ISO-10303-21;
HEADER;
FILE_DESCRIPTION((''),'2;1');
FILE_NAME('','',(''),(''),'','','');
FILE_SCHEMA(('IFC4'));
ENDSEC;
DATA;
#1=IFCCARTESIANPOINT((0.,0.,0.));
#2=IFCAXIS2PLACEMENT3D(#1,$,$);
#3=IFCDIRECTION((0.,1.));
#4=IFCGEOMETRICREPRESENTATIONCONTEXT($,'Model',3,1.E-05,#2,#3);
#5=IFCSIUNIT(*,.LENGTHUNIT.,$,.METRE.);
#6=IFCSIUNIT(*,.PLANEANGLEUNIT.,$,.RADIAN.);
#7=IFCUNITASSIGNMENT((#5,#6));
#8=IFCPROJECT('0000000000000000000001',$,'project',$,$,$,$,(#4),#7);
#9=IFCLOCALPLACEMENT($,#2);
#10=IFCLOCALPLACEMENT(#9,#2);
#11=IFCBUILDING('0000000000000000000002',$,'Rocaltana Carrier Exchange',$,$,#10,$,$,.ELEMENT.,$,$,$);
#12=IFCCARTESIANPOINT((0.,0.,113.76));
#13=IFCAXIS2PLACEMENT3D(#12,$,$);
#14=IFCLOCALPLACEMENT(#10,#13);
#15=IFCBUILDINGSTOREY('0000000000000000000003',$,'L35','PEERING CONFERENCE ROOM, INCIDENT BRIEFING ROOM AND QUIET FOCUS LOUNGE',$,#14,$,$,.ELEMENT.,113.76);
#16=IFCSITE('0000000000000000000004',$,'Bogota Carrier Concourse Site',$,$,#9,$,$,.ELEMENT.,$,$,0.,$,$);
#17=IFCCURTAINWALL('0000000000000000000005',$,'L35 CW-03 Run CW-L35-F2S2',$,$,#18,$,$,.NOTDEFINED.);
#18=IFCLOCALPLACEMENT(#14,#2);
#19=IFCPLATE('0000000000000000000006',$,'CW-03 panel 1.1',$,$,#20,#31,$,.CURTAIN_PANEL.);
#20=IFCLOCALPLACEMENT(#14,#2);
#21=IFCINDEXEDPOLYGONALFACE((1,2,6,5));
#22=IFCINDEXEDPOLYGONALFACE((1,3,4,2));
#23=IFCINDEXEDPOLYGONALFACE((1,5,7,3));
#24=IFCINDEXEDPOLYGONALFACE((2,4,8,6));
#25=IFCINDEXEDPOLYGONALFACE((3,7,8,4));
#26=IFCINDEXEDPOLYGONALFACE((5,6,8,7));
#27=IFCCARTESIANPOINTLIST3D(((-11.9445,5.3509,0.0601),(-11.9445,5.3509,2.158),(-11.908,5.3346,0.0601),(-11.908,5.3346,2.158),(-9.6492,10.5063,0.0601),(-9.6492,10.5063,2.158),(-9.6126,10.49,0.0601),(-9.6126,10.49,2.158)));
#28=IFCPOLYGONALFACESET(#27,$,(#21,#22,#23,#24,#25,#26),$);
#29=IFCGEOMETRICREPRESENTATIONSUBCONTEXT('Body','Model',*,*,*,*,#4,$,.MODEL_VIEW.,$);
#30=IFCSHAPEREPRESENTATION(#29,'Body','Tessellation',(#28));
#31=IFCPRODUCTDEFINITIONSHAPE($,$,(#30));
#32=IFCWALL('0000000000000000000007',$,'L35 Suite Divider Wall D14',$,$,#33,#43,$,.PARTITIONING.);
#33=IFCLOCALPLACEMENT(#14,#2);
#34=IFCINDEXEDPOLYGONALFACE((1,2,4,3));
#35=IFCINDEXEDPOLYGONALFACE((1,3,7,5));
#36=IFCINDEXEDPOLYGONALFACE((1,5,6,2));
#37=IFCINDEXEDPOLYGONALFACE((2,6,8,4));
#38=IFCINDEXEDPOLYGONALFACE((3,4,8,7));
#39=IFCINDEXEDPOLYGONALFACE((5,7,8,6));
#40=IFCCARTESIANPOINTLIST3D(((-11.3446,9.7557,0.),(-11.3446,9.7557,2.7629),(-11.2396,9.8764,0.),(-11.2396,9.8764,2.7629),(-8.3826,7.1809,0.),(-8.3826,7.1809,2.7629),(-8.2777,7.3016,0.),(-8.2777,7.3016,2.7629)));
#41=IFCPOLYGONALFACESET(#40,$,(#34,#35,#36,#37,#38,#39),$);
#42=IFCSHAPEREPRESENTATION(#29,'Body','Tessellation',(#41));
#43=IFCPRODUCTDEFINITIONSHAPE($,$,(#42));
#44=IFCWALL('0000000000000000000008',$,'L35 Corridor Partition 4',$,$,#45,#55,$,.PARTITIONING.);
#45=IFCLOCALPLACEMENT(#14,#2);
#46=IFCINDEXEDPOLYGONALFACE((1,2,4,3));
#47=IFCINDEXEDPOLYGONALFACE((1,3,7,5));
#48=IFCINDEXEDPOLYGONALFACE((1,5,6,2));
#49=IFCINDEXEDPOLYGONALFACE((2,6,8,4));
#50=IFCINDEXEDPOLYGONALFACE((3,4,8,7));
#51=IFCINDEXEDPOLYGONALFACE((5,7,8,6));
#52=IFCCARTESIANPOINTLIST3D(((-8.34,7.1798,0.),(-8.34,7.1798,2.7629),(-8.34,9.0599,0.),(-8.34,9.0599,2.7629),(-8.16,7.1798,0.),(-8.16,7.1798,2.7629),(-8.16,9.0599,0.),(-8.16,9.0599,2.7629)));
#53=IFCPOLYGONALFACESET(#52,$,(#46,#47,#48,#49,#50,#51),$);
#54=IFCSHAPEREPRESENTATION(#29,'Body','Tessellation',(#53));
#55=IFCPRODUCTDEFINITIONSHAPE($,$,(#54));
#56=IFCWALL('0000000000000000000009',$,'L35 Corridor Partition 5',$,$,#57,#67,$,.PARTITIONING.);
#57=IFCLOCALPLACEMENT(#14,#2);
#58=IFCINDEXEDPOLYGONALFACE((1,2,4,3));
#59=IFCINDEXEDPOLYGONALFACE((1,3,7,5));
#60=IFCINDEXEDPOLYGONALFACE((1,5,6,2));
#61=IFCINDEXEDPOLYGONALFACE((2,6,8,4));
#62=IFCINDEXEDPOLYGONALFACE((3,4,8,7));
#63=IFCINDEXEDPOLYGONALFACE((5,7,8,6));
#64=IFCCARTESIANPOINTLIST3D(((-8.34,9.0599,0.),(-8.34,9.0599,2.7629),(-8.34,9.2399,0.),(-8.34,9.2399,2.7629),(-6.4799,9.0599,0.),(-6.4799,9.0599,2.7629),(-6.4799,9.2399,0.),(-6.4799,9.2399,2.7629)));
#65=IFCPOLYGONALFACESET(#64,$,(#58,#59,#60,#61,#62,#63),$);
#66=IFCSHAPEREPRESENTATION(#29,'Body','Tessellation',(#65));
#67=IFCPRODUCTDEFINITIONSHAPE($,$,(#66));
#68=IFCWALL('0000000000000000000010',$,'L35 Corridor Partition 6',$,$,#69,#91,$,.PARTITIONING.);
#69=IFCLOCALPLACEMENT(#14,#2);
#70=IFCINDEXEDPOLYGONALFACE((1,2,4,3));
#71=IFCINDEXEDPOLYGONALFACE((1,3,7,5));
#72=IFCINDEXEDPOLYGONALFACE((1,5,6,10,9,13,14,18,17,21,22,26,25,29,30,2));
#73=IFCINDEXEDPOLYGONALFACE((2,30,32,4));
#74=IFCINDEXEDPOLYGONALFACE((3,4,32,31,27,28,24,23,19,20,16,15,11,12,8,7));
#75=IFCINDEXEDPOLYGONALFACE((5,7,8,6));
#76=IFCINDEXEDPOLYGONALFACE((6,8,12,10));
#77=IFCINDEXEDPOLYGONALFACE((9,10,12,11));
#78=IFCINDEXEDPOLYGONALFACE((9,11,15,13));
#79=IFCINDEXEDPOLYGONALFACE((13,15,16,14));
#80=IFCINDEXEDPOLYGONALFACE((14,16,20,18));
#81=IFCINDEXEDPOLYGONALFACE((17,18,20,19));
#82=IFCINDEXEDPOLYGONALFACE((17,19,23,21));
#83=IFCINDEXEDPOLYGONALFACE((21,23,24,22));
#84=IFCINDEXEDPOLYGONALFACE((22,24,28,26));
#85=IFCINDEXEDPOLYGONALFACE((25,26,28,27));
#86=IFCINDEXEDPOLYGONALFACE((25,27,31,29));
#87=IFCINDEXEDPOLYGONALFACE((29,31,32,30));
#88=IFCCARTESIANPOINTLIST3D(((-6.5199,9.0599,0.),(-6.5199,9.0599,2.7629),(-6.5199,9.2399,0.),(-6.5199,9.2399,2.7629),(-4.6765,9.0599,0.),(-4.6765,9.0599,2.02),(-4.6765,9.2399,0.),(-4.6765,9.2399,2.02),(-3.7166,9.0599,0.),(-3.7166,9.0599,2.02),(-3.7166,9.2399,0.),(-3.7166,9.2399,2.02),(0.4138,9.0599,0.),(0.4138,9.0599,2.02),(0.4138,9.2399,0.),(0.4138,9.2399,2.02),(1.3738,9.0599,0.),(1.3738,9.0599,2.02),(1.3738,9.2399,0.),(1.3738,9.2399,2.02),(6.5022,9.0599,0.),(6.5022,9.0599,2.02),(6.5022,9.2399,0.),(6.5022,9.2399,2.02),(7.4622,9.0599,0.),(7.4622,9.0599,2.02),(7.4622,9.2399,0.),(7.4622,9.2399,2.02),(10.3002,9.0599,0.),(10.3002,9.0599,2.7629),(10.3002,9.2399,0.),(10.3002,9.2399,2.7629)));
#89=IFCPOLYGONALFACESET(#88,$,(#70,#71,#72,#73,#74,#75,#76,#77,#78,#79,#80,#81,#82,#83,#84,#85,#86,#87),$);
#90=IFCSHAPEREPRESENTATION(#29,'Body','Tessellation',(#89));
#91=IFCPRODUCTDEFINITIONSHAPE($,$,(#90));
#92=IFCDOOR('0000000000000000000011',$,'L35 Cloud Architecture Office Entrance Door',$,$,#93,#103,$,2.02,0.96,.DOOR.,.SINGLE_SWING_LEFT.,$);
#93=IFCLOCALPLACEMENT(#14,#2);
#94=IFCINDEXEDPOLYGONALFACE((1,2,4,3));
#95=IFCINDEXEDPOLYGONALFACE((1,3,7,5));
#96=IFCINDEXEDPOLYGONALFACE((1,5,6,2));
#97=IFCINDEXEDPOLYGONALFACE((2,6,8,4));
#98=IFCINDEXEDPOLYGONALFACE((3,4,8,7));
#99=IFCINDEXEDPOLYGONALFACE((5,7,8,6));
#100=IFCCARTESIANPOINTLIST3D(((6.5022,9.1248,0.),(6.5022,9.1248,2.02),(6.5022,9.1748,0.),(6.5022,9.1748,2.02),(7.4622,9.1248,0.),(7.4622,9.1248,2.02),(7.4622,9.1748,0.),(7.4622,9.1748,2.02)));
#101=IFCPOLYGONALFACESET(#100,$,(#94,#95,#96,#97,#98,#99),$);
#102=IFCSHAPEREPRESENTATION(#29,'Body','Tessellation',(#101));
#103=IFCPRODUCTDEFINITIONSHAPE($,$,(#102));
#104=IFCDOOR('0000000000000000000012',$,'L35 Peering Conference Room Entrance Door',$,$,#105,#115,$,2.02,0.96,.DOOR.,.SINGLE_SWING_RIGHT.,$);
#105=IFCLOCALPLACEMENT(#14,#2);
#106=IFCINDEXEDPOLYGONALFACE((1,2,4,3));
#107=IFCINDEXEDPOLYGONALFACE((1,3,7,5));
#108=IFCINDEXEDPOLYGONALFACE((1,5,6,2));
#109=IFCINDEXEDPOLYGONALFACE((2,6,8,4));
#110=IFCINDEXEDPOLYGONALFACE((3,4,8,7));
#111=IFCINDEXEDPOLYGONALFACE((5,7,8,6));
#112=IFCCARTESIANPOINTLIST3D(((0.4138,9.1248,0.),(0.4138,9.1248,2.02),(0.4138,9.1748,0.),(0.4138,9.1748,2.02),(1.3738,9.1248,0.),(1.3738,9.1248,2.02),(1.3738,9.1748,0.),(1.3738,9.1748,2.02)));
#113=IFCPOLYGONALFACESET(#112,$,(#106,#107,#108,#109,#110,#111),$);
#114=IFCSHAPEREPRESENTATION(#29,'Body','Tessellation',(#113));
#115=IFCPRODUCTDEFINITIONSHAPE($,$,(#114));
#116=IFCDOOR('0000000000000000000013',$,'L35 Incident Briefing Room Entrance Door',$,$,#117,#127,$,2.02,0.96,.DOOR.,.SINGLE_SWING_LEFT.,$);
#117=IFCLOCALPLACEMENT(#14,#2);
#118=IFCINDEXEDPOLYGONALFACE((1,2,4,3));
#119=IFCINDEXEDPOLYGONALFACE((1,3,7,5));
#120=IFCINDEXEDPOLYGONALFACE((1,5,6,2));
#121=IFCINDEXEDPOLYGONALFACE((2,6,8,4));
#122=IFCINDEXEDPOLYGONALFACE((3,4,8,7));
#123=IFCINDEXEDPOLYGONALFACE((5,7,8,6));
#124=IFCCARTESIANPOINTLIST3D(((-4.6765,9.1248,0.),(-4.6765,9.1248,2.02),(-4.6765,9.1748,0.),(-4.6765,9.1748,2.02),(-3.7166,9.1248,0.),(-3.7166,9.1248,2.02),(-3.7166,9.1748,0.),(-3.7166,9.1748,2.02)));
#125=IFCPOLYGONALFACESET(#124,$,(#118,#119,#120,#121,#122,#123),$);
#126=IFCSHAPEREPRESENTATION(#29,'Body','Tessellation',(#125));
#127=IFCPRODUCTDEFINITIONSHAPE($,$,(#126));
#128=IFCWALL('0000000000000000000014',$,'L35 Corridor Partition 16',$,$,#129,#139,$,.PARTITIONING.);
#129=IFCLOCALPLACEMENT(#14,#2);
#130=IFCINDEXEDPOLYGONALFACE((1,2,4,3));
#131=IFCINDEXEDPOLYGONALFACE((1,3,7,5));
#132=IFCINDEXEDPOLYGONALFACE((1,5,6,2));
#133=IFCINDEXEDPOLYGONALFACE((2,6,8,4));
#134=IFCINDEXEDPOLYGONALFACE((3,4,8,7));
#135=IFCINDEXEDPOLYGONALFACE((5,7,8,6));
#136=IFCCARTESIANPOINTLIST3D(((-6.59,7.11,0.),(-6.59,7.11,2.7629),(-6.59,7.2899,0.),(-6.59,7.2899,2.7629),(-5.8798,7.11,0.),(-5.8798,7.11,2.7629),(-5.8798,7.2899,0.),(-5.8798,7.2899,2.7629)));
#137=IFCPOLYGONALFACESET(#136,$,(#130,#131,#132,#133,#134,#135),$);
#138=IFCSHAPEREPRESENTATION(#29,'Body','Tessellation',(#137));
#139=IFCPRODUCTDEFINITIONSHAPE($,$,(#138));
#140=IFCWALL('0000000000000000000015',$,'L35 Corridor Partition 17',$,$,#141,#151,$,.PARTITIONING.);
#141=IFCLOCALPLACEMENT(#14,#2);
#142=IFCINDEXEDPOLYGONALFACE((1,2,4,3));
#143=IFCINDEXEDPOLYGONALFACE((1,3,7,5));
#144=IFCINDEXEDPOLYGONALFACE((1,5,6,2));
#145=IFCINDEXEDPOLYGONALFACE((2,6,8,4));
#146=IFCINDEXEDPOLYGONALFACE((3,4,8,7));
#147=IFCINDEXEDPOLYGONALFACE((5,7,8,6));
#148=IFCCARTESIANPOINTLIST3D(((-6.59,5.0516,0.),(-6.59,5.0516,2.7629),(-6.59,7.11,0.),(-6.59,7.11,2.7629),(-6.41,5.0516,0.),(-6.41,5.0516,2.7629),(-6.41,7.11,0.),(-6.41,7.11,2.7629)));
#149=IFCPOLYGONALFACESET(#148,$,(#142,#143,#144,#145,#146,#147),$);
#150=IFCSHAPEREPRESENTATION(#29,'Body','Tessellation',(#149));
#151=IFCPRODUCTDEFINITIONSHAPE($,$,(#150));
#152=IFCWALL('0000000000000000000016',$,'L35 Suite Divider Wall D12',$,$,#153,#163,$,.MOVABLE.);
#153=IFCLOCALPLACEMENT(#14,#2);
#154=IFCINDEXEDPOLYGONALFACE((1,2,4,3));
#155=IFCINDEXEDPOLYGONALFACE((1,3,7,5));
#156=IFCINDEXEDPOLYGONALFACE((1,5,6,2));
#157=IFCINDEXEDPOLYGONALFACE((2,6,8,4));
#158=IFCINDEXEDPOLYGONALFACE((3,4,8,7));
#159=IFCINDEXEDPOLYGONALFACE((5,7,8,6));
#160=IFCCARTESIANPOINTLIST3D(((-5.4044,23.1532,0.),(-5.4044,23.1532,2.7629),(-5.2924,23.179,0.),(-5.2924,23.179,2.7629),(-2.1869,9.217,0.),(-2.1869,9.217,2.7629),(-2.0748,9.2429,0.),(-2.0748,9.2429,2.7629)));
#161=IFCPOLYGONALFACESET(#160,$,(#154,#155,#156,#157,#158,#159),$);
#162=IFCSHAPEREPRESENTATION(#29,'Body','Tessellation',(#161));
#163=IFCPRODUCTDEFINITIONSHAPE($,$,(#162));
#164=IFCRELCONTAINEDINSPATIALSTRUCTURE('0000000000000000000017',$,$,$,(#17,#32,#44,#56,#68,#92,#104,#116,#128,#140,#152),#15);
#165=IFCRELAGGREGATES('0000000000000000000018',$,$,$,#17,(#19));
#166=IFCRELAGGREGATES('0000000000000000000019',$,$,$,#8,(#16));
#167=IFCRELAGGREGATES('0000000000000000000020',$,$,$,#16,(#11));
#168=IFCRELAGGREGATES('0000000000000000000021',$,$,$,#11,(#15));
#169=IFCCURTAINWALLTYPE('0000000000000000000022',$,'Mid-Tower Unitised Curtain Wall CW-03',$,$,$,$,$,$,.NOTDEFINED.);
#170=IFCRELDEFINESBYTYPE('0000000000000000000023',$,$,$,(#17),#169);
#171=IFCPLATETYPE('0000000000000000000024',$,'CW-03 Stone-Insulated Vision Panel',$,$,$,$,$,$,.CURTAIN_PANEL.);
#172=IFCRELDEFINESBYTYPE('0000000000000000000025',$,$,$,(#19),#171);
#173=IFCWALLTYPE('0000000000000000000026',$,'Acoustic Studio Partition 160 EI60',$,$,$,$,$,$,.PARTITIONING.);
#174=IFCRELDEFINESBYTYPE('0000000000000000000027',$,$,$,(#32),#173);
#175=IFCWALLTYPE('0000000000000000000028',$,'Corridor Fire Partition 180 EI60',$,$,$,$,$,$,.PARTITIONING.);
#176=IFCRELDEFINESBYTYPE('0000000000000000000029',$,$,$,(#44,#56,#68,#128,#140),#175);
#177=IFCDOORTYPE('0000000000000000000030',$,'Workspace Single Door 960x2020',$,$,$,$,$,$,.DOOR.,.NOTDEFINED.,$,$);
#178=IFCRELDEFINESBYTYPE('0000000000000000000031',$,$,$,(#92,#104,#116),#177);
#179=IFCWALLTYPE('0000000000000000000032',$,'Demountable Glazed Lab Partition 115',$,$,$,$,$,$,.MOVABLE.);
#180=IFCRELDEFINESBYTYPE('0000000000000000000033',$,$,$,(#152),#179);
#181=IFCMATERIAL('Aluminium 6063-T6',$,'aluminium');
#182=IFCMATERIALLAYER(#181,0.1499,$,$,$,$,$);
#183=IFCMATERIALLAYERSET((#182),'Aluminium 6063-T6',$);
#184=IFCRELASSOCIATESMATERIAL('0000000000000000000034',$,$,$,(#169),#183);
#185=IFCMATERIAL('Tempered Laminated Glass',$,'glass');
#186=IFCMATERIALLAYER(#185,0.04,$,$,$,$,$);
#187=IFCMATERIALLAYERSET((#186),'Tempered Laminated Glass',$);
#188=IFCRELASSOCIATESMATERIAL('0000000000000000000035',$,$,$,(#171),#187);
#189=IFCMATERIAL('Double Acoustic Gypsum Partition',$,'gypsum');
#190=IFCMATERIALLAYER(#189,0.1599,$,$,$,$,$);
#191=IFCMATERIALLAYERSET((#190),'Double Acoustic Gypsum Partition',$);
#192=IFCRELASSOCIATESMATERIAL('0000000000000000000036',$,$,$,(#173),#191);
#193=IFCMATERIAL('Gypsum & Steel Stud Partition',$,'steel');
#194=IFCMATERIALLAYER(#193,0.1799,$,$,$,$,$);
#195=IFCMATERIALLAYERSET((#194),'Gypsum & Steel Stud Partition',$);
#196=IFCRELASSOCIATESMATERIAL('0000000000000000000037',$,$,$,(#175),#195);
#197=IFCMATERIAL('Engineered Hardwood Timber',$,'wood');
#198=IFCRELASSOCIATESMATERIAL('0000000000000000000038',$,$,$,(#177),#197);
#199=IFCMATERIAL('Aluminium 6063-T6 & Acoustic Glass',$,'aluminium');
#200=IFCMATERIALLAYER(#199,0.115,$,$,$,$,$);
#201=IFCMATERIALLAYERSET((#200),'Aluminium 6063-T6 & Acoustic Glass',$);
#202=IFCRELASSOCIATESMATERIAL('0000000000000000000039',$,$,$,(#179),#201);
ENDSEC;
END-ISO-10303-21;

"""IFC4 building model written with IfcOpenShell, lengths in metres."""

from ifc_helpers import new_model, si_unit, direction, frame, frame_2d, origin, origin_2d, place, context, subcontext, project, spatial, rectangle, extrude, material, layer, layer_set, type_object, element, fill, aggregate, save


model = new_model("IFC4")

# Units and contexts
model_context = context("Model", 3, precision=1e-05, world=origin(), true_north=direction((0.0, 1.0)))
body_context = subcontext(model_context, "Body", "Model", "MODEL_VIEW")
ifc_project = project(units=[si_unit("LENGTHUNIT", "METRE"), si_unit("PLANEANGLEUNIT", "RADIAN")], contexts=[model_context])

# Site, building, storey
site_placement = place(None, origin())
site = spatial("IfcSite", under=ifc_project, at=site_placement, Name="Bogota Carrier Concourse Site", CompositionType="ELEMENT", RefElevation=0.0)
building_placement = place(site_placement, origin())
building = spatial("IfcBuilding", under=site, at=building_placement, Name="Rocaltana Carrier Exchange", CompositionType="ELEMENT")
storey_placement = place(building_placement, frame((0.0, 0.0, 113.76)))
storey = spatial("IfcBuildingStorey", under=building, at=storey_placement, Name="L35", Description="PEERING CONFERENCE ROOM, INCIDENT BRIEFING ROOM AND QUIET FOCUS LOUNGE", CompositionType="ELEMENT", Elevation=113.76)

# Shared definitions
ifc_material_1 = material(Name="Aluminium 6063-T6", Category="aluminium")
ifc_layer_1 = layer(ifc_material_1, 0.1499)
ifc_layer_set_1 = layer_set([ifc_layer_1], Name="Aluminium 6063-T6")
curtain_wall_type = type_object("IfcCurtainWallType", Name="Mid-Tower Unitised Curtain Wall CW-03", PredefinedType="NOTDEFINED", material=ifc_layer_set_1)

# Curtain wall
curtain_wall_1_placement = place(storey_placement, origin())
curtain_wall_1 = element("IfcCurtainWall", 1, at=curtain_wall_1_placement, inside=storey, type_object=curtain_wall_type, Name="L35 CW-03 Run CW-L35-F2S2", PredefinedType="NOTDEFINED")

# Plate
ifc_material_2 = material(Name="Tempered Laminated Glass", Category="glass")
ifc_layer_2 = layer(ifc_material_2, 0.04)
ifc_layer_set_2 = layer_set([ifc_layer_2], Name="Tempered Laminated Glass")
plate_type = type_object("IfcPlateType", Name="CW-03 Stone-Insulated Vision Panel", PredefinedType="CURTAIN_PANEL", material=ifc_layer_set_2)
plate_placement = place(storey_placement, frame((-10.7786, 7.9204, 0.0601), z_axis=(0.0, 0.0, 1.0), x_axis=(-0.406744, -0.913542, 0.0)))
plate = element("IfcPlate", 2, at=plate_placement, type_object=plate_type, Name="CW-03 panel 1.1", PredefinedType="CURTAIN_PANEL", context=body_context, shape_type="SweptSolid", body=[
    extrude(rectangle(XDim=5.6433, YDim=0.04, at=origin_2d()), origin(), (0.0, 0.0, 1.0), 2.0979),
])
aggregate(curtain_wall_1, [plate])

# Walls
ifc_material_3 = material(Name="Double Acoustic Gypsum Partition", Category="gypsum")
ifc_layer_3 = layer(ifc_material_3, 0.1599)
ifc_layer_set_3 = layer_set([ifc_layer_3], Name="Double Acoustic Gypsum Partition")
wall_type_1 = type_object("IfcWallType", Name="Acoustic Studio Partition 160 EI60", PredefinedType="PARTITIONING", material=ifc_layer_set_3)
wall_1_placement = place(storey_placement, frame((-8.3301, 7.2412, 0.0), z_axis=(0.0, 0.0, 1.0), x_axis=(-0.754715, 0.656052, 0.0)))
element("IfcWall", 3, at=wall_1_placement, inside=storey, type_object=wall_type_1, Name="L35 Suite Divider Wall D14", PredefinedType="PARTITIONING", context=body_context, shape_type="SweptSolid", body=[
    extrude(rectangle(XDim=3.9246, YDim=0.1599, at=frame_2d((1.9624, 0.0))), origin(), (0.0, 0.0, 1.0), 2.7629),
])
ifc_material_4 = material(Name="Gypsum & Steel Stud Partition", Category="steel")
ifc_layer_4 = layer(ifc_material_4, 0.1799)
ifc_layer_set_4 = layer_set([ifc_layer_4], Name="Gypsum & Steel Stud Partition")
wall_type_2 = type_object("IfcWallType", Name="Corridor Fire Partition 180 EI60", PredefinedType="PARTITIONING", material=ifc_layer_set_4)
wall_2_placement = place(storey_placement, frame((-8.25, 7.1799, 0.0), z_axis=(0.0, 0.0, 1.0), x_axis=(0.0, 1.0, 0.0)))
element("IfcWall", 4, at=wall_2_placement, inside=storey, type_object=wall_type_2, Name="L35 Corridor Partition 4", PredefinedType="PARTITIONING", context=body_context, shape_type="SweptSolid", body=[
    extrude(rectangle(XDim=1.8801, YDim=0.1799, at=frame_2d((0.9399, 0.0))), origin(), (0.0, 0.0, 1.0), 2.7629),
])
wall_3_placement = place(storey_placement, frame((-8.3401, 9.1499, 0.0), z_axis=(0.0, 0.0, 1.0), x_axis=(1.0, 0.0, 0.0)))
element("IfcWall", 5, at=wall_3_placement, inside=storey, type_object=wall_type_2, Name="L35 Corridor Partition 5", PredefinedType="PARTITIONING", context=body_context, shape_type="SweptSolid", body=[
    extrude(rectangle(XDim=1.8601, YDim=0.1799, at=frame_2d((0.9302, 0.0))), origin(), (0.0, 0.0, 1.0), 2.7629),
])

# Wall, openings, doors
wall_4_placement = place(storey_placement, frame((-6.52, 9.1499, 0.0), z_axis=(0.0, 0.0, 1.0), x_axis=(1.0, 0.0, 0.0)))
wall_4 = element("IfcWall", 6, at=wall_4_placement, inside=storey, type_object=wall_type_2, Name="L35 Corridor Partition 6", PredefinedType="PARTITIONING", context=body_context, shape_type="SweptSolid", body=[
    extrude(rectangle(XDim=16.8201, YDim=0.1799, at=frame_2d((8.4102, 0.0))), origin(), (0.0, 0.0, 1.0), 2.7629),
])
opening_1_placement = place(wall_4_placement, frame((13.0222, 0.0, 0.0)))
opening_1 = element("IfcOpeningElement", 7, at=opening_1_placement, cuts=wall_4, PredefinedType="OPENING", context=body_context, shape_type="SweptSolid", body=[
    extrude(rectangle(XDim=0.96, YDim=2.02, at=frame_2d((0.48, 1.01))), frame((0.0, 0.0999, 0.0), z_axis=(0.0, -1.0, 0.0), x_axis=(1.0, 0.0, 0.0)), (0.0, 0.0, 1.0), 0.2),
])
opening_2_placement = place(wall_4_placement, frame((6.9338, 0.0, 0.0)))
opening_2 = element("IfcOpeningElement", 8, at=opening_2_placement, cuts=wall_4, PredefinedType="OPENING", context=body_context, shape_type="SweptSolid", body=[
    extrude(rectangle(XDim=0.96, YDim=2.02, at=frame_2d((0.48, 1.01))), frame((0.0, 0.0999, 0.0), z_axis=(0.0, -1.0, 0.0), x_axis=(1.0, 0.0, 0.0)), (0.0, 0.0, 1.0), 0.2),
])
opening_3_placement = place(wall_4_placement, frame((1.8435, 0.0, 0.0)))
opening_3 = element("IfcOpeningElement", 9, at=opening_3_placement, cuts=wall_4, PredefinedType="OPENING", context=body_context, shape_type="SweptSolid", body=[
    extrude(rectangle(XDim=0.96, YDim=2.02, at=frame_2d((0.48, 1.01))), frame((0.0, 0.0999, 0.0), z_axis=(0.0, -1.0, 0.0), x_axis=(1.0, 0.0, 0.0)), (0.0, 0.0, 1.0), 0.2),
])
ifc_material_5 = material(Name="Engineered Hardwood Timber", Category="wood")
door_type_1 = type_object("IfcDoorType", Name="Workspace Single Door 960x2020", OperationType="NOTDEFINED", PredefinedType="DOOR", material=ifc_material_5)
door_1_placement = place(opening_1_placement, origin())
door_1 = element("IfcDoor", 10, at=door_1_placement, inside=storey, type_object=door_type_1, Name="L35 Cloud Architecture Office Entrance Door", OperationType="SINGLE_SWING_LEFT", OverallHeight=2.02, OverallWidth=0.96, PredefinedType="DOOR", context=body_context, shape_type="SweptSolid", body=[
    extrude(rectangle(XDim=0.96, YDim=2.02, at=frame_2d((0.48, 1.01))), frame((0.0, 0.0249, 0.0), z_axis=(0.0, -1.0, 0.0), x_axis=(1.0, 0.0, 0.0)), (0.0, 0.0, 1.0), 0.05),
])
fill(opening_1, door_1)
door_2_placement = place(opening_2_placement, origin())
door_2 = element("IfcDoor", 11, at=door_2_placement, inside=storey, type_object=door_type_1, Name="L35 Peering Conference Room Entrance Door", OperationType="SINGLE_SWING_RIGHT", OverallHeight=2.02, OverallWidth=0.96, PredefinedType="DOOR", context=body_context, shape_type="SweptSolid", body=[
    extrude(rectangle(XDim=0.96, YDim=2.02, at=frame_2d((0.48, 1.01))), frame((0.0, 0.0249, 0.0), z_axis=(0.0, -1.0, 0.0), x_axis=(1.0, 0.0, 0.0)), (0.0, 0.0, 1.0), 0.05),
])
fill(opening_2, door_2)
door_3_placement = place(opening_3_placement, origin())
door_3 = element("IfcDoor", 12, at=door_3_placement, inside=storey, type_object=door_type_1, Name="L35 Incident Briefing Room Entrance Door", OperationType="SINGLE_SWING_LEFT", OverallHeight=2.02, OverallWidth=0.96, PredefinedType="DOOR", context=body_context, shape_type="SweptSolid", body=[
    extrude(rectangle(XDim=0.96, YDim=2.02, at=frame_2d((0.48, 1.01))), frame((0.0, 0.0249, 0.0), z_axis=(0.0, -1.0, 0.0), x_axis=(1.0, 0.0, 0.0)), (0.0, 0.0, 1.0), 0.05),
])
fill(opening_3, door_3)

# Walls
wall_5_placement = place(storey_placement, frame((-5.8799, 7.2, 0.0), z_axis=(0.0, 0.0, 1.0), x_axis=(-1.0, 0.0, 0.0)))
element("IfcWall", 13, at=wall_5_placement, inside=storey, type_object=wall_type_2, Name="L35 Corridor Partition 16", PredefinedType="PARTITIONING", context=body_context, shape_type="SweptSolid", body=[
    extrude(rectangle(XDim=0.7102, YDim=0.1799, at=frame_2d((0.355, 0.0))), origin(), (0.0, 0.0, 1.0), 2.7629),
])
wall_6_placement = place(storey_placement, frame((-6.5, 7.1101, 0.0), z_axis=(0.0, 0.0, 1.0), x_axis=(0.0, -1.0, 0.0)))
element("IfcWall", 14, at=wall_6_placement, inside=storey, type_object=wall_type_2, Name="L35 Corridor Partition 17", PredefinedType="PARTITIONING", context=body_context, shape_type="SweptSolid", body=[
    extrude(rectangle(XDim=2.0583, YDim=0.1799, at=frame_2d((1.0293, 0.0))), origin(), (0.0, 0.0, 1.0), 2.7629),
])
ifc_material_6 = material(Name="Aluminium 6063-T6 & Acoustic Glass", Category="aluminium")
ifc_layer_5 = layer(ifc_material_6, 0.115)
ifc_layer_set_5 = layer_set([ifc_layer_5], Name="Aluminium 6063-T6 & Acoustic Glass")
wall_type_3 = type_object("IfcWallType", Name="Demountable Glazed Lab Partition 115", PredefinedType="MOVABLE", material=ifc_layer_set_5)
wall_7_placement = place(storey_placement, frame((-2.1309, 9.23, 0.0), z_axis=(0.0, 0.0, 1.0), x_axis=(-0.22496, 0.974368, 0.0)))
element("IfcWall", 15, at=wall_7_placement, inside=storey, type_object=wall_type_3, Name="L35 Suite Divider Wall D12", PredefinedType="MOVABLE", context=body_context, shape_type="SweptSolid", body=[
    extrude(rectangle(XDim=14.3027, YDim=0.115, at=frame_2d((7.1514, 0.0))), origin(), (0.0, 0.0, 1.0), 2.7629),
])

save(model, "model.ifc")
